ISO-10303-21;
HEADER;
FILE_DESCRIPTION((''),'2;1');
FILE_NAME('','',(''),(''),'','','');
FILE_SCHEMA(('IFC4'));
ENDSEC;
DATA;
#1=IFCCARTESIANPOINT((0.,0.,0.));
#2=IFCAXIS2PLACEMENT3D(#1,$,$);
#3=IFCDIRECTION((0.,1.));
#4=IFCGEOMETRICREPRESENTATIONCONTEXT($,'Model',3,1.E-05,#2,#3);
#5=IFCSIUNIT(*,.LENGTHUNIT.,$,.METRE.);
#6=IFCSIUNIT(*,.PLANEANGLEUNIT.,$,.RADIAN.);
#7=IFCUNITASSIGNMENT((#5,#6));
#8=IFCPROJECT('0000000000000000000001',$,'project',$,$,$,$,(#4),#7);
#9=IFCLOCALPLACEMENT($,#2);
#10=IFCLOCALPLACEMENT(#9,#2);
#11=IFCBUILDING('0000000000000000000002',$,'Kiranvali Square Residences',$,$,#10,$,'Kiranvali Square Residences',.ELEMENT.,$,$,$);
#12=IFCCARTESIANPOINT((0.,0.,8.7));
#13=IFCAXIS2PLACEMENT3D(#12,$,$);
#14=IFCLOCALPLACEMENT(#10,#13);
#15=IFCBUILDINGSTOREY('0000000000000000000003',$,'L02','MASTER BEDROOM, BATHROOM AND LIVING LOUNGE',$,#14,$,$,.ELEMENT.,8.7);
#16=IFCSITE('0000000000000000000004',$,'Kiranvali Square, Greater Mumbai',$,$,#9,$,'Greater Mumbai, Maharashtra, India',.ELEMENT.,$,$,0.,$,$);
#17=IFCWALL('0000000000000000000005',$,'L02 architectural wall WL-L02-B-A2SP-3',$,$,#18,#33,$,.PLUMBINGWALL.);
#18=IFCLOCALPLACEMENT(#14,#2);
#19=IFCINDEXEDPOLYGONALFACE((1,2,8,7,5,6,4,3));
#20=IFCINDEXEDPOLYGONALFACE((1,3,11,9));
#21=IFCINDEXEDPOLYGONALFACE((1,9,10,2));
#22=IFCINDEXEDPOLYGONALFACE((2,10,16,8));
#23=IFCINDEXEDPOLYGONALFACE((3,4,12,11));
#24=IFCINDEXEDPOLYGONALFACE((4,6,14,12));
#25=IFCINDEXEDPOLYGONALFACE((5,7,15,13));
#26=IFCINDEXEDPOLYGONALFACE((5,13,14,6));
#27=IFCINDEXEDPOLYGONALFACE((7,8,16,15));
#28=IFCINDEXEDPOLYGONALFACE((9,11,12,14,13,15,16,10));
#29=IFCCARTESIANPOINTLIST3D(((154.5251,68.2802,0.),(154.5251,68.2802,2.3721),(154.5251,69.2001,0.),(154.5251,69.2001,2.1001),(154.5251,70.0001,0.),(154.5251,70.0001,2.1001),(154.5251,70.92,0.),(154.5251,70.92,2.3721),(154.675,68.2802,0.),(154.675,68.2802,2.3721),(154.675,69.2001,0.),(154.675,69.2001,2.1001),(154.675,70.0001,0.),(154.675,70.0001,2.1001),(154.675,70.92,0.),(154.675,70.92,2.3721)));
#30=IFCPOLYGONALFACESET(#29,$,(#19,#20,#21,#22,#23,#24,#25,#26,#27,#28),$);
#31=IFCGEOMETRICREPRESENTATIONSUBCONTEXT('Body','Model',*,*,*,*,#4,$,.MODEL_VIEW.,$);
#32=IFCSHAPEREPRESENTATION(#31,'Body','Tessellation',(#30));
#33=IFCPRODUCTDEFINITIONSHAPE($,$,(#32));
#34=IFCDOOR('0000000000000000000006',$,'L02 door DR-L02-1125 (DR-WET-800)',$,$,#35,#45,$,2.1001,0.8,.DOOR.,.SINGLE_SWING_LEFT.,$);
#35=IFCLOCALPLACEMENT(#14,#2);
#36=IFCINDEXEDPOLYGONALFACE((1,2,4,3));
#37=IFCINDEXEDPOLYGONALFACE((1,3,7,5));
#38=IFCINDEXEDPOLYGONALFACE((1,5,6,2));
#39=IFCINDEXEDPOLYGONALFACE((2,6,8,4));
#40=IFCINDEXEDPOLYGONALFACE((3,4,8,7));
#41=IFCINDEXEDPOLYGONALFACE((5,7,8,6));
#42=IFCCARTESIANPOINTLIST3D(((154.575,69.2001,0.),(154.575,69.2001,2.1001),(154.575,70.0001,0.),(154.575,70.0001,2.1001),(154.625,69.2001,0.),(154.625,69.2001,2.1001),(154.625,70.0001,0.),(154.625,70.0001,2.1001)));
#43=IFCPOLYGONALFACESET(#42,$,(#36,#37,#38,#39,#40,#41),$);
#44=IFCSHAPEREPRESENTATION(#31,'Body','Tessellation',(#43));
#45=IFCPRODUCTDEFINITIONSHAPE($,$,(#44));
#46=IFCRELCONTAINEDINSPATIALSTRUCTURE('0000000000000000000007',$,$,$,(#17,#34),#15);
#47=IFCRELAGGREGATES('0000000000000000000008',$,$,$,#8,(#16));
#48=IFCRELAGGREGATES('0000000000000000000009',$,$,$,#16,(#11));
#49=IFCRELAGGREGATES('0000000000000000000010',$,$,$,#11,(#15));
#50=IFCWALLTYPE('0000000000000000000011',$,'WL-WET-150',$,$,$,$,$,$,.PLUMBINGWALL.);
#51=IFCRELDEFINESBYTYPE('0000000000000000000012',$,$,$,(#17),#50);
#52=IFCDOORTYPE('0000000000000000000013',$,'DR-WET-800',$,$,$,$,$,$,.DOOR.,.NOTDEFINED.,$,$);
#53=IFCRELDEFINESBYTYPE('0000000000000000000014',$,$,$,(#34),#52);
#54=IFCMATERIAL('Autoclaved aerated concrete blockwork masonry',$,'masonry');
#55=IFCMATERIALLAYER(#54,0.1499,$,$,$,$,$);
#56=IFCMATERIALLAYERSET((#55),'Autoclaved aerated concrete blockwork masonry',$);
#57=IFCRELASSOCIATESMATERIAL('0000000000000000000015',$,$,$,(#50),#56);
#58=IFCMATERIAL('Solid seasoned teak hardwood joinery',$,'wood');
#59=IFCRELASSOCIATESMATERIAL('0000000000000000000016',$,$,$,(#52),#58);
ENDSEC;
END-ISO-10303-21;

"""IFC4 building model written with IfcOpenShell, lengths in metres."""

from ifc_helpers import new_model, si_unit, direction, frame, frame_2d, origin, place, context, subcontext, project, spatial, rectangle, extrude, material, layer, layer_set, type_object, element, fill, save


model = new_model("IFC4")

# Units and contexts
model_context = context("Model", 3, precision=1e-05, world=origin(), true_north=direction((0.0, 1.0)))
body_context = subcontext(model_context, "Body", "Model", "MODEL_VIEW")
ifc_project = project(units=[si_unit("LENGTHUNIT", "METRE"), si_unit("PLANEANGLEUNIT", "RADIAN")], contexts=[model_context])

# Site, building, storey
site_placement = place(None, origin())
site = spatial("IfcSite", under=ifc_project, at=site_placement, Name="Kiranvali Square, Greater Mumbai", LongName="Greater Mumbai, Maharashtra, India", CompositionType="ELEMENT", RefElevation=0.0)
building_placement = place(site_placement, origin())
building = spatial("IfcBuilding", under=site, at=building_placement, Name="Kiranvali Square Residences", LongName="Kiranvali Square Residences", CompositionType="ELEMENT")
storey_placement = place(building_placement, frame((0.0, 0.0, 8.7)))
storey = spatial("IfcBuildingStorey", under=building, at=storey_placement, Name="L02", Description="MASTER BEDROOM, BATHROOM AND LIVING LOUNGE", CompositionType="ELEMENT", Elevation=8.7)

# Shared definitions
ifc_material_1 = material(Name="Autoclaved aerated concrete blockwork masonry", Category="masonry")

# Wall, opening, door
ifc_material_2 = material(Name="Solid seasoned teak hardwood joinery", Category="wood")
ifc_layer_1 = layer(ifc_material_1, 0.1499)
ifc_layer_set_1 = layer_set([ifc_layer_1], Name="Autoclaved aerated concrete blockwork masonry")
wall_type_1 = type_object("IfcWallType", Name="WL-WET-150", PredefinedType="PLUMBINGWALL", material=ifc_layer_set_1)
wall_1_placement = place(storey_placement, frame((154.6001, 70.9199, 0.0), z_axis=(0.0, 0.0, 1.0), x_axis=(0.0, -1.0, 0.0)))
wall_1 = element("IfcWall", 1, at=wall_1_placement, inside=storey, type_object=wall_type_1, Name="L02 architectural wall WL-L02-B-A2SP-3", PredefinedType="PLUMBINGWALL", context=body_context, shape_type="SweptSolid", body=[
    extrude(rectangle(XDim=2.6399, YDim=0.1499, at=frame_2d((1.3198, 0.0))), origin(), (0.0, 0.0, 1.0), 2.3721),
])
opening_1_placement = place(wall_1_placement, frame((0.9199, 0.0, 0.0)))
opening_1 = element("IfcOpeningElement", 2, at=opening_1_placement, cuts=wall_1, PredefinedType="OPENING", context=body_context, shape_type="SweptSolid", body=[
    extrude(rectangle(XDim=0.8, YDim=2.1001, at=frame_2d((0.3999, 1.05))), frame((0.0, 0.085, 0.0), z_axis=(0.0, -1.0, 0.0), x_axis=(1.0, 0.0, 0.0)), (0.0, 0.0, 1.0), 0.1699),
])
door_type_1 = type_object("IfcDoorType", Name="DR-WET-800", OperationType="NOTDEFINED", PredefinedType="DOOR", material=ifc_material_2)
door_1_placement = place(opening_1_placement, origin())
door_1 = element("IfcDoor", 3, at=door_1_placement, inside=storey, type_object=door_type_1, Name="L02 door DR-L02-1125 (DR-WET-800)", OperationType="SINGLE_SWING_LEFT", OverallHeight=2.1001, OverallWidth=0.8, PredefinedType="DOOR", context=body_context, shape_type="SweptSolid", body=[
    extrude(rectangle(XDim=0.8, YDim=2.1001, at=frame_2d((0.3999, 1.05))), frame((0.0, 0.0249, 0.0), z_axis=(0.0, -1.0, 0.0), x_axis=(1.0, 0.0, 0.0)), (0.0, 0.0, 1.0), 0.05),
])
fill(opening_1, door_1)

save(model, "model.ifc")
